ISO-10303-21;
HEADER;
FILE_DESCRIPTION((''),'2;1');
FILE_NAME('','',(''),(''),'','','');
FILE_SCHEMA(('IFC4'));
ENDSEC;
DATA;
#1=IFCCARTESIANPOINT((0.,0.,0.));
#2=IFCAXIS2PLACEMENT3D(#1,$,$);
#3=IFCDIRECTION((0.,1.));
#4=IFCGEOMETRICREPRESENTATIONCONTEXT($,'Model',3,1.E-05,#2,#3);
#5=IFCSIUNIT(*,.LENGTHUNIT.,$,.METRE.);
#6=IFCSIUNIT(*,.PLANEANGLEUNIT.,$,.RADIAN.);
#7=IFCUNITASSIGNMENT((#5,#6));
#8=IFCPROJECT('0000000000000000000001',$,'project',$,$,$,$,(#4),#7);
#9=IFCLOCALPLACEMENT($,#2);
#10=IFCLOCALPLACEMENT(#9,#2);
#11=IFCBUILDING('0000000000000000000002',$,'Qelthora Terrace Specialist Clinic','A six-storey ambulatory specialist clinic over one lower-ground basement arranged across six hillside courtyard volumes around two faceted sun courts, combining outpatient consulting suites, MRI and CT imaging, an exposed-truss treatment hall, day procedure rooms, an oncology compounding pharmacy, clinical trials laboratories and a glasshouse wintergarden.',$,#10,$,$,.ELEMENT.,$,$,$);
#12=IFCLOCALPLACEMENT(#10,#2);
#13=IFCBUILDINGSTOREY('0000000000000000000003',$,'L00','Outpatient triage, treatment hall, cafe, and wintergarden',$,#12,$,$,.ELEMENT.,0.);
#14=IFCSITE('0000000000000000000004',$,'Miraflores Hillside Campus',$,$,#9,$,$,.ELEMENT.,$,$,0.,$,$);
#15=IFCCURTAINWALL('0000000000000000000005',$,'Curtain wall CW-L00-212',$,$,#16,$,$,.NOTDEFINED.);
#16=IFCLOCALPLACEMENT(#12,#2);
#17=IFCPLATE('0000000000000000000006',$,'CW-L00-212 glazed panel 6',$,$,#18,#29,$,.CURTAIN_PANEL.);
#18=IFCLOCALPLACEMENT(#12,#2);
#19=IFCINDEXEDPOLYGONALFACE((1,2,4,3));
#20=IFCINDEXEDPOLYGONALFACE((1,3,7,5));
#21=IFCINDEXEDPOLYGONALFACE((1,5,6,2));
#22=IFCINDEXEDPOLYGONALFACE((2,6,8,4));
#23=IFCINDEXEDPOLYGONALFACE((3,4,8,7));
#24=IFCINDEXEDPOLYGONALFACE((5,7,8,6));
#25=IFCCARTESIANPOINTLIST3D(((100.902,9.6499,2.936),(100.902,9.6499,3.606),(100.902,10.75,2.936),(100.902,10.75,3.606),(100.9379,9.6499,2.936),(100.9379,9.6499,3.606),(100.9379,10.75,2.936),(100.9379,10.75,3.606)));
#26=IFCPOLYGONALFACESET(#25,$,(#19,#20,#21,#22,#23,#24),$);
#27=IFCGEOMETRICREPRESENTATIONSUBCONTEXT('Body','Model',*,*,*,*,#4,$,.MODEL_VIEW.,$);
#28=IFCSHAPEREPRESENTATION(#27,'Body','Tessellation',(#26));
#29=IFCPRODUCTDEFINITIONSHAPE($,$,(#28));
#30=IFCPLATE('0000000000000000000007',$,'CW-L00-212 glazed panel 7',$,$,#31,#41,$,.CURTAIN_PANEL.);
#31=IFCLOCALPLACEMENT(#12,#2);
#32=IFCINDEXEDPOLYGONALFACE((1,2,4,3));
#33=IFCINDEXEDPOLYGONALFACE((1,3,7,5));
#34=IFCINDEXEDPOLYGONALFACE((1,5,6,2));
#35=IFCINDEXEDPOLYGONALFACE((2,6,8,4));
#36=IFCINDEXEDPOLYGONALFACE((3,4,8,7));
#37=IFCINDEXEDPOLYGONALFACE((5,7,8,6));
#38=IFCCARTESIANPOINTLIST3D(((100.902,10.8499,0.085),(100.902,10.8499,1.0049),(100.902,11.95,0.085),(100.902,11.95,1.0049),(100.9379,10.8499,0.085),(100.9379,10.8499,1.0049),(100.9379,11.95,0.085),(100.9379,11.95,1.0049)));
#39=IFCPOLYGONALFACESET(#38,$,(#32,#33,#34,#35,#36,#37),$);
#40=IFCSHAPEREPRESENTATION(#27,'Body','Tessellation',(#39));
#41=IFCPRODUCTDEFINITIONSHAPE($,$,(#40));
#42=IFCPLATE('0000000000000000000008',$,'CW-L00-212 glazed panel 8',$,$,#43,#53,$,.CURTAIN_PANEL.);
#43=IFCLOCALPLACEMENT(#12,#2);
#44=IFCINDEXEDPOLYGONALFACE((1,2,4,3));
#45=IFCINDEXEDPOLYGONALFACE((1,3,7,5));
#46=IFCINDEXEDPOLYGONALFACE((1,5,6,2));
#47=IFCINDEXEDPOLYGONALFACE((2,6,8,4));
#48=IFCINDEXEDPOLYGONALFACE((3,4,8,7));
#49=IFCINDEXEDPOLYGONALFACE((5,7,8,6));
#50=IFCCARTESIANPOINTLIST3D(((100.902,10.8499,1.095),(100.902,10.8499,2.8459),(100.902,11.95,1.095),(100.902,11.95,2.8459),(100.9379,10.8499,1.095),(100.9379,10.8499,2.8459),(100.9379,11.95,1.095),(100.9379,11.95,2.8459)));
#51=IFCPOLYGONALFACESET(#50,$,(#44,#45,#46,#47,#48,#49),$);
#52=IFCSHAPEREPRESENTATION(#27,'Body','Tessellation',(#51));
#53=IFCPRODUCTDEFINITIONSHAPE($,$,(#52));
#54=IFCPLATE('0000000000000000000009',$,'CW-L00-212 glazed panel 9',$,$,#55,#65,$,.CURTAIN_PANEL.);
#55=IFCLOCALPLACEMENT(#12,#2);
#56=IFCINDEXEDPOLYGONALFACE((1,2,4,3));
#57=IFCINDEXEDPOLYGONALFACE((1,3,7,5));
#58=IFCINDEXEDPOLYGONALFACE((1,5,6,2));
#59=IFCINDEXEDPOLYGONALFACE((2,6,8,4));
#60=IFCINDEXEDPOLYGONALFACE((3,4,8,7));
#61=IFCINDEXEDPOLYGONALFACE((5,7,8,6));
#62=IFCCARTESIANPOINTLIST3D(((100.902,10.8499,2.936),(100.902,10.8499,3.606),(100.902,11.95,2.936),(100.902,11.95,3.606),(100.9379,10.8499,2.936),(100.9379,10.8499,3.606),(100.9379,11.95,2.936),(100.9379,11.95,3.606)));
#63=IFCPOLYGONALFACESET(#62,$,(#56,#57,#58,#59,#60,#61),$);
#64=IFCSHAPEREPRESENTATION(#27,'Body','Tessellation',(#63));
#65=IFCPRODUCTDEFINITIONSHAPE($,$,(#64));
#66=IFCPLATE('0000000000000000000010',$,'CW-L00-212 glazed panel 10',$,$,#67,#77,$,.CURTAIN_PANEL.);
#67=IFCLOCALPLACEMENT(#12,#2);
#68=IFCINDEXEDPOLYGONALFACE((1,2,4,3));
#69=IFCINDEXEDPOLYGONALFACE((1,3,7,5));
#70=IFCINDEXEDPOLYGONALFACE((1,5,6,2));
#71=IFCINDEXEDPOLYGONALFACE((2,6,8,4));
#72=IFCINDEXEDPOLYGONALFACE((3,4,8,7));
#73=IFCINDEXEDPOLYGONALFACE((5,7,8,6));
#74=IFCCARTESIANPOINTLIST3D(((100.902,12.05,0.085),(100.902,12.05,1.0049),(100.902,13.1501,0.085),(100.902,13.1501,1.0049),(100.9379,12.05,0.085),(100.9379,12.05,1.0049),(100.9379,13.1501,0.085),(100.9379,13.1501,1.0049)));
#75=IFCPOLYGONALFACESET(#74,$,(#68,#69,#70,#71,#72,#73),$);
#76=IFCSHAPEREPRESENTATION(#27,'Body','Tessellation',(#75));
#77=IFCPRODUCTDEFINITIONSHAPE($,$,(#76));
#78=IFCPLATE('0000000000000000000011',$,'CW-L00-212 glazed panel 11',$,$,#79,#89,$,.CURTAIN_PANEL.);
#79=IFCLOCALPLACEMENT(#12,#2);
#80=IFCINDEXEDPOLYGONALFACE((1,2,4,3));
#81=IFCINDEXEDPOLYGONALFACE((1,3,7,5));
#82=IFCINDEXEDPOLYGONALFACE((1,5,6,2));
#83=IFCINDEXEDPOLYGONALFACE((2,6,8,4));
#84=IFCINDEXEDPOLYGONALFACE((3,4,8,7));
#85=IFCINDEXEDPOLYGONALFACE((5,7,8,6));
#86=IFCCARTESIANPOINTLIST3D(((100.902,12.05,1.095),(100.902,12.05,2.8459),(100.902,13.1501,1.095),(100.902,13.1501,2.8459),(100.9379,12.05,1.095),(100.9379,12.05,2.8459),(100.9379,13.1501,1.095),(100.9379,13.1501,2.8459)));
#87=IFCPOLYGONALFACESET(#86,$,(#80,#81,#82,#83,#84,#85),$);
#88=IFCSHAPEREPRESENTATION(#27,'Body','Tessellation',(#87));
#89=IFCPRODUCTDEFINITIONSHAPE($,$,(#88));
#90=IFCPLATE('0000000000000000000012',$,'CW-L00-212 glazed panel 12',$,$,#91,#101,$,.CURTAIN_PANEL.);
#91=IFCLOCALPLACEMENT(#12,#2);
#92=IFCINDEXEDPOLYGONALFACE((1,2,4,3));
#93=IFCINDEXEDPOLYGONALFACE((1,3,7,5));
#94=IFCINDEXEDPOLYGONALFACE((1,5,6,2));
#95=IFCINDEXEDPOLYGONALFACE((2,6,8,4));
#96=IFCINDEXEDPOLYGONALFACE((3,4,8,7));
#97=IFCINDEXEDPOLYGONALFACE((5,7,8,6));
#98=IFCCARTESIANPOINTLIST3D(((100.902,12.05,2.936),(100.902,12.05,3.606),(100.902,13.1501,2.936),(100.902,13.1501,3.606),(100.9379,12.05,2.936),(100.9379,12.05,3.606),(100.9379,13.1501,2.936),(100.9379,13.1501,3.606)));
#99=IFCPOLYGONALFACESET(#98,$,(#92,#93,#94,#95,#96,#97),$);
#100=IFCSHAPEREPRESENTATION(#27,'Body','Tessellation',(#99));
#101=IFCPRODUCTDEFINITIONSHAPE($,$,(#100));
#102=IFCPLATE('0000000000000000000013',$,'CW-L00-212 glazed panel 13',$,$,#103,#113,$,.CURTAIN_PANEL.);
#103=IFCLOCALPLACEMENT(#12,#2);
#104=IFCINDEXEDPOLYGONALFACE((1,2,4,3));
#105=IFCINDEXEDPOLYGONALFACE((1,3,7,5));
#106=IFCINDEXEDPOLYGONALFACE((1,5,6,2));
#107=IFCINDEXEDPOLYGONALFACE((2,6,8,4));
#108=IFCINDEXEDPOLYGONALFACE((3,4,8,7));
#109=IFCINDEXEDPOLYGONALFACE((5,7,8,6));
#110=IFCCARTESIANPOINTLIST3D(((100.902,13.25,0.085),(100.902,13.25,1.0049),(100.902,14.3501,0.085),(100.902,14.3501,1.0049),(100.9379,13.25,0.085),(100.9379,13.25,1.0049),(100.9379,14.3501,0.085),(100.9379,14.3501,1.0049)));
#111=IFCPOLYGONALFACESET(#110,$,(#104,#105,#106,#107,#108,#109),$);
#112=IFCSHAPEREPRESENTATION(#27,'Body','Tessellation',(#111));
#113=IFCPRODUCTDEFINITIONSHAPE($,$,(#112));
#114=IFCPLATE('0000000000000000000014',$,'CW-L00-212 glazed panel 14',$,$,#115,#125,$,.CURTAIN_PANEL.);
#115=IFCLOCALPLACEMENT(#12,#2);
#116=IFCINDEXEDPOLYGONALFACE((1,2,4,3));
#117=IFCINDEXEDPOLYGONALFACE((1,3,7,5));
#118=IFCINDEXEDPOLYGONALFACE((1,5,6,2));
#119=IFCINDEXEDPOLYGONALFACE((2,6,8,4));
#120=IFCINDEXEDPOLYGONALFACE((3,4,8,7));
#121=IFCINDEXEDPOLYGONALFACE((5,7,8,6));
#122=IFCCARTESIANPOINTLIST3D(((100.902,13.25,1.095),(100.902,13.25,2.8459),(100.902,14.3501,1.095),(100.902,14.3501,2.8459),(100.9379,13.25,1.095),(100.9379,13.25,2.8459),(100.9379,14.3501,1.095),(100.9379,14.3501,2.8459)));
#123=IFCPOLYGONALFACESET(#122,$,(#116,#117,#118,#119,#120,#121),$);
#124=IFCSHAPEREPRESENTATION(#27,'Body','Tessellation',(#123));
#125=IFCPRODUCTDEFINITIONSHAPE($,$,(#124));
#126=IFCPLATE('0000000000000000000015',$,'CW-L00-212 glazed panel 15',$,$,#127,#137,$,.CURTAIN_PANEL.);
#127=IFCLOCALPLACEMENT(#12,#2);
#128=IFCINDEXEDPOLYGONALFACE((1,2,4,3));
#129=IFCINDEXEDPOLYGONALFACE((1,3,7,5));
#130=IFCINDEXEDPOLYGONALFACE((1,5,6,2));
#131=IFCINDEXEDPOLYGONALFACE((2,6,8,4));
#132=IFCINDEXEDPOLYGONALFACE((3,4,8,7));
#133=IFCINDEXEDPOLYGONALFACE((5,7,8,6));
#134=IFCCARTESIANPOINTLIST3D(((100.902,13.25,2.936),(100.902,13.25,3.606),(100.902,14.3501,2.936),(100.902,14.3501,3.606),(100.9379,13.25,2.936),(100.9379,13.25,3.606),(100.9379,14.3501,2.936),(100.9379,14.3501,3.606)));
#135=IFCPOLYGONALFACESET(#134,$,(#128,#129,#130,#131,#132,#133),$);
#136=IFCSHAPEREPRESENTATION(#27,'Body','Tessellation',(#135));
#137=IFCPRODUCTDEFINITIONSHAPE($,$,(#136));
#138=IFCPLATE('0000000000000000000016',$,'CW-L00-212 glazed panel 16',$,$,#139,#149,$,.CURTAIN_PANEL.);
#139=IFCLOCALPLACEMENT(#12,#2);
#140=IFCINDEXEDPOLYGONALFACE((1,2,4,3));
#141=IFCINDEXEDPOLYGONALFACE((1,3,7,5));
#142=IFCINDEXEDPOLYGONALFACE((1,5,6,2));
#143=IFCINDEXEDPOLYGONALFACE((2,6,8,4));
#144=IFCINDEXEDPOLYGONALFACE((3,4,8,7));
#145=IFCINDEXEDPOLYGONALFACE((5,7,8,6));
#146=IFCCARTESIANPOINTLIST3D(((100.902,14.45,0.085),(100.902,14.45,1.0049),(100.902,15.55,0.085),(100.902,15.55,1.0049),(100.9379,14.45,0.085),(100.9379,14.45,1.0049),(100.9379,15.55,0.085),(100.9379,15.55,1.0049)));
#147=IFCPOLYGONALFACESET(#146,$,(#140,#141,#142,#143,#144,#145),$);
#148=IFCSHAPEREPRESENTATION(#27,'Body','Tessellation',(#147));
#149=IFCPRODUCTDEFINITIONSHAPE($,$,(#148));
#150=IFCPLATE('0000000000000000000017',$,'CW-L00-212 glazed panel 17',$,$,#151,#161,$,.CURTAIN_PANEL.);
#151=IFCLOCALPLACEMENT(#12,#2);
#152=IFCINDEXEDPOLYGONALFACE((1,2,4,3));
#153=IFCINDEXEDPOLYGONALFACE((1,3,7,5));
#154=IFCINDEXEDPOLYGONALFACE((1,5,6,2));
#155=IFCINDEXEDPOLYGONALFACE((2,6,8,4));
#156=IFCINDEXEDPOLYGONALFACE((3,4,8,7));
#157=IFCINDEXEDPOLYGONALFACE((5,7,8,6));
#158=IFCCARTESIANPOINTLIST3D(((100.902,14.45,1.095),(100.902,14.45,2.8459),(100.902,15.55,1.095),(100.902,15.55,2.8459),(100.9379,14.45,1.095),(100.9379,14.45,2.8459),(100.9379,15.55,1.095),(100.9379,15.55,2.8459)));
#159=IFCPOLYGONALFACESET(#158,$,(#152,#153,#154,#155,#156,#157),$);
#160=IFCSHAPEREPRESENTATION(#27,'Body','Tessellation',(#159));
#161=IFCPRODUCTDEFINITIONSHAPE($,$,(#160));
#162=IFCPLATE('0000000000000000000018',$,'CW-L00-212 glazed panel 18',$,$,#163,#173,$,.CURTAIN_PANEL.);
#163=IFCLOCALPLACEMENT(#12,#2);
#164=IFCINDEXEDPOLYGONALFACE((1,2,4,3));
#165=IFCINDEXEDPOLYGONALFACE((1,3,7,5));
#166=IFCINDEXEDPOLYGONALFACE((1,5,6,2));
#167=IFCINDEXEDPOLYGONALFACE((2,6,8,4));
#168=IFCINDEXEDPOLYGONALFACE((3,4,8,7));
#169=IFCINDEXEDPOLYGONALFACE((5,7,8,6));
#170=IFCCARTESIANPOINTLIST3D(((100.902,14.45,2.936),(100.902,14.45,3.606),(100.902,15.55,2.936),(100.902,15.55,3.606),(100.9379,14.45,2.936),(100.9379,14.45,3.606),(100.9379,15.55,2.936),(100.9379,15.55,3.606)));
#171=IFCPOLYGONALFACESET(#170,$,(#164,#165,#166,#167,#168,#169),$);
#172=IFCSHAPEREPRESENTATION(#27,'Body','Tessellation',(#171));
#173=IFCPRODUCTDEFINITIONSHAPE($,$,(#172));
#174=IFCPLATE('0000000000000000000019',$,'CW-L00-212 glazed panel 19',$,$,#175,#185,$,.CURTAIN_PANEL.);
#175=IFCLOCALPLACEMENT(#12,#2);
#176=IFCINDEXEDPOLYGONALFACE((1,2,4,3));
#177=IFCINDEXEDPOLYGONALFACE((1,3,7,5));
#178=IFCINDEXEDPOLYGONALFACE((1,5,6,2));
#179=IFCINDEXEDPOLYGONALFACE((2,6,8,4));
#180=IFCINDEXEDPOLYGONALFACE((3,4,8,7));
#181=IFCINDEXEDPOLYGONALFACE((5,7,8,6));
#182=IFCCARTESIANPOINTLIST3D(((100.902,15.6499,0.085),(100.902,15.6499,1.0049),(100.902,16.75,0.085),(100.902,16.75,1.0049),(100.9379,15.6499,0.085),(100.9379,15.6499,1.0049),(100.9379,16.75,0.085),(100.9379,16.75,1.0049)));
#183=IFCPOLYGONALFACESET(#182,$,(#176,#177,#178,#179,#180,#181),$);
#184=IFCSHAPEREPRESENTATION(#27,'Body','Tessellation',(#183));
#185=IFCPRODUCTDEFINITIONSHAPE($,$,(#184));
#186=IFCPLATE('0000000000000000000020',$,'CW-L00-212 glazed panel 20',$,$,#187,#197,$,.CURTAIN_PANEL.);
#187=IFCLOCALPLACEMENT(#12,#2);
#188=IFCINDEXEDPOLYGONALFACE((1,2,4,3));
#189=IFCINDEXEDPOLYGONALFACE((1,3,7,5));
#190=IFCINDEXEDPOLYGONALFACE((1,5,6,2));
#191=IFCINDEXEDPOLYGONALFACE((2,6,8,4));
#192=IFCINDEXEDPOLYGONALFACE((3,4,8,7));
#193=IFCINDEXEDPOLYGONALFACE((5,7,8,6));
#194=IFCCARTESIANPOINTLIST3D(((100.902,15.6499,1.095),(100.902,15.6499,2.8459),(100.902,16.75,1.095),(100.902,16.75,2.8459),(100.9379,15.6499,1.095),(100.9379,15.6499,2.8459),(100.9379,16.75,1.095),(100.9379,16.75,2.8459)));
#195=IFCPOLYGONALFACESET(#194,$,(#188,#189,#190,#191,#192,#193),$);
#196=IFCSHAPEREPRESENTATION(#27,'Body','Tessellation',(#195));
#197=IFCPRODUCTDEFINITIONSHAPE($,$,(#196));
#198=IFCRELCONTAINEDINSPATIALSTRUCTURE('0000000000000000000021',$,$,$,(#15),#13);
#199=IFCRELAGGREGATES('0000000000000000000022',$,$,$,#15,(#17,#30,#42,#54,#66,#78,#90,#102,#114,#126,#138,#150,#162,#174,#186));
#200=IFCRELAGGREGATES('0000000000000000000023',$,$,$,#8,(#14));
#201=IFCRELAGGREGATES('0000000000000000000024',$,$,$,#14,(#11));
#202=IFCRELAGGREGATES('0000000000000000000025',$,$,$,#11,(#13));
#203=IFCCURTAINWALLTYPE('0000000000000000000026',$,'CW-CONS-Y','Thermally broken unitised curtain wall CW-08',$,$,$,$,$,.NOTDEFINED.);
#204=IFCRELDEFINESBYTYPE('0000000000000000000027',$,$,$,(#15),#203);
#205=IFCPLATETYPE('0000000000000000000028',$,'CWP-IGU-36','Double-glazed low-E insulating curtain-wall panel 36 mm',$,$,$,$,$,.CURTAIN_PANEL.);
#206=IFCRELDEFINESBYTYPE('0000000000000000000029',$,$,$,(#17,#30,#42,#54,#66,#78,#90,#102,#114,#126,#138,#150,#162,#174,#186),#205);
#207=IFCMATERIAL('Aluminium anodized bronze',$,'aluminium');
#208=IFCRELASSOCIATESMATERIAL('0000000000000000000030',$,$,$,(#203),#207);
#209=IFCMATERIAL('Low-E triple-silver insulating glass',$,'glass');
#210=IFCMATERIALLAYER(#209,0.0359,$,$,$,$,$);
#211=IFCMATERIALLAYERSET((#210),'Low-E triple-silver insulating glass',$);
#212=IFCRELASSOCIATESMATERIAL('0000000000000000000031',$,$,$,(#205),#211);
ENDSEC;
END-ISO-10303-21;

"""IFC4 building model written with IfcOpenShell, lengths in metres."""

from ifc_helpers import new_model, si_unit, direction, frame, origin, origin_2d, place, context, subcontext, project, spatial, rectangle, extrude, material, layer, layer_set, type_object, element, aggregate, save


model = new_model("IFC4")

# Units and contexts
model_context = context("Model", 3, precision=1e-05, world=origin(), true_north=direction((0.0, 1.0)))
body_context = subcontext(model_context, "Body", "Model", "MODEL_VIEW")
ifc_project = project(units=[si_unit("LENGTHUNIT", "METRE"), si_unit("PLANEANGLEUNIT", "RADIAN")], contexts=[model_context])

# Site, building, storey
site_placement = place(None, origin())
site = spatial("IfcSite", under=ifc_project, at=site_placement, Name="Miraflores Hillside Campus", CompositionType="ELEMENT", RefElevation=0.0)
building_placement = place(site_placement, origin())
building = spatial("IfcBuilding", under=site, at=building_placement, Name="Qelthora Terrace Specialist Clinic", Description="A six-storey ambulatory specialist clinic over one lower-ground basement arranged across six hillside courtyard volumes around two faceted sun courts, combining outpatient consulting suites, MRI and CT imaging, an exposed-truss treatment hall, day procedure rooms, an oncology compounding pharmacy, clinical trials laboratories and a glasshouse wintergarden.", CompositionType="ELEMENT")
storey_placement = place(building_placement, origin())
storey = spatial("IfcBuildingStorey", under=building, at=storey_placement, Name="L00", Description="Outpatient triage, treatment hall, cafe, and wintergarden", CompositionType="ELEMENT", Elevation=0.0)

# Curtain wall, plates
ifc_material_1 = material(Name="Aluminium anodized bronze", Category="aluminium")
curtain_wall_type = type_object("IfcCurtainWallType", Name="CW-CONS-Y", Description="Thermally broken unitised curtain wall CW-08", PredefinedType="NOTDEFINED", material=ifc_material_1)
curtain_wall_placement = place(storey_placement, origin())
curtain_wall = element("IfcCurtainWall", 1, at=curtain_wall_placement, inside=storey, type_object=curtain_wall_type, Name="Curtain wall CW-L00-212", PredefinedType="NOTDEFINED")
ifc_material_2 = material(Name="Low-E triple-silver insulating glass", Category="glass")
ifc_layer = layer(ifc_material_2, 0.0359)
ifc_layer_set = layer_set([ifc_layer], Name="Low-E triple-silver insulating glass")
plate_type = type_object("IfcPlateType", Name="CWP-IGU-36", Description="Double-glazed low-E insulating curtain-wall panel 36 mm", PredefinedType="CURTAIN_PANEL", material=ifc_layer_set)
plate_1_placement = place(storey_placement, frame((100.9199, 10.2, 2.936), z_axis=(0.0, 0.0, 1.0), x_axis=(0.0, 1.0, 0.0)))
plate_1 = element("IfcPlate", 2, at=plate_1_placement, type_object=plate_type, Name="CW-L00-212 glazed panel 6", PredefinedType="CURTAIN_PANEL", context=body_context, shape_type="SweptSolid", body=[
    extrude(rectangle(XDim=1.1001, YDim=0.0359, at=origin_2d()), origin(), (0.0, 0.0, 1.0), 0.6699),
])
plate_2_placement = place(storey_placement, frame((100.9199, 11.3999, 0.085), z_axis=(0.0, 0.0, 1.0), x_axis=(0.0, 1.0, 0.0)))
plate_2 = element("IfcPlate", 3, at=plate_2_placement, type_object=plate_type, Name="CW-L00-212 glazed panel 7", PredefinedType="CURTAIN_PANEL", context=body_context, shape_type="SweptSolid", body=[
    extrude(rectangle(XDim=1.1001, YDim=0.0359, at=origin_2d()), origin(), (0.0, 0.0, 1.0), 0.9199),
])
plate_3_placement = place(storey_placement, frame((100.9199, 11.3999, 1.095), z_axis=(0.0, 0.0, 1.0), x_axis=(0.0, 1.0, 0.0)))
plate_3 = element("IfcPlate", 4, at=plate_3_placement, type_object=plate_type, Name="CW-L00-212 glazed panel 8", PredefinedType="CURTAIN_PANEL", context=body_context, shape_type="SweptSolid", body=[
    extrude(rectangle(XDim=1.1001, YDim=0.0359, at=origin_2d()), origin(), (0.0, 0.0, 1.0), 1.751),
])
plate_4_placement = place(storey_placement, frame((100.9199, 11.3999, 2.936), z_axis=(0.0, 0.0, 1.0), x_axis=(0.0, 1.0, 0.0)))
plate_4 = element("IfcPlate", 5, at=plate_4_placement, type_object=plate_type, Name="CW-L00-212 glazed panel 9", PredefinedType="CURTAIN_PANEL", context=body_context, shape_type="SweptSolid", body=[
    extrude(rectangle(XDim=1.1001, YDim=0.0359, at=origin_2d()), origin(), (0.0, 0.0, 1.0), 0.6699),
])
plate_5_placement = place(storey_placement, frame((100.9199, 12.6001, 0.085), z_axis=(0.0, 0.0, 1.0), x_axis=(0.0, 1.0, 0.0)))
plate_5 = element("IfcPlate", 6, at=plate_5_placement, type_object=plate_type, Name="CW-L00-212 glazed panel 10", PredefinedType="CURTAIN_PANEL", context=body_context, shape_type="SweptSolid", body=[
    extrude(rectangle(XDim=1.1001, YDim=0.0359, at=origin_2d()), origin(), (0.0, 0.0, 1.0), 0.9199),
])
plate_6_placement = place(storey_placement, frame((100.9199, 12.6001, 1.095), z_axis=(0.0, 0.0, 1.0), x_axis=(0.0, 1.0, 0.0)))
plate_6 = element("IfcPlate", 7, at=plate_6_placement, type_object=plate_type, Name="CW-L00-212 glazed panel 11", PredefinedType="CURTAIN_PANEL", context=body_context, shape_type="SweptSolid", body=[
    extrude(rectangle(XDim=1.1001, YDim=0.0359, at=origin_2d()), origin(), (0.0, 0.0, 1.0), 1.751),
])
plate_7_placement = place(storey_placement, frame((100.9199, 12.6001, 2.936), z_axis=(0.0, 0.0, 1.0), x_axis=(0.0, 1.0, 0.0)))
plate_7 = element("IfcPlate", 8, at=plate_7_placement, type_object=plate_type, Name="CW-L00-212 glazed panel 12", PredefinedType="CURTAIN_PANEL", context=body_context, shape_type="SweptSolid", body=[
    extrude(rectangle(XDim=1.1001, YDim=0.0359, at=origin_2d()), origin(), (0.0, 0.0, 1.0), 0.6699),
])
plate_8_placement = place(storey_placement, frame((100.9199, 13.8, 0.085), z_axis=(0.0, 0.0, 1.0), x_axis=(0.0, 1.0, 0.0)))
plate_8 = element("IfcPlate", 9, at=plate_8_placement, type_object=plate_type, Name="CW-L00-212 glazed panel 13", PredefinedType="CURTAIN_PANEL", context=body_context, shape_type="SweptSolid", body=[
    extrude(rectangle(XDim=1.1001, YDim=0.0359, at=origin_2d()), origin(), (0.0, 0.0, 1.0), 0.9199),
])
plate_9_placement = place(storey_placement, frame((100.9199, 13.8, 1.095), z_axis=(0.0, 0.0, 1.0), x_axis=(0.0, 1.0, 0.0)))
plate_9 = element("IfcPlate", 10, at=plate_9_placement, type_object=plate_type, Name="CW-L00-212 glazed panel 14", PredefinedType="CURTAIN_PANEL", context=body_context, shape_type="SweptSolid", body=[
    extrude(rectangle(XDim=1.1001, YDim=0.0359, at=origin_2d()), origin(), (0.0, 0.0, 1.0), 1.751),
])
plate_10_placement = place(storey_placement, frame((100.9199, 13.8, 2.936), z_axis=(0.0, 0.0, 1.0), x_axis=(0.0, 1.0, 0.0)))
plate_10 = element("IfcPlate", 11, at=plate_10_placement, type_object=plate_type, Name="CW-L00-212 glazed panel 15", PredefinedType="CURTAIN_PANEL", context=body_context, shape_type="SweptSolid", body=[
    extrude(rectangle(XDim=1.1001, YDim=0.0359, at=origin_2d()), origin(), (0.0, 0.0, 1.0), 0.6699),
])
plate_11_placement = place(storey_placement, frame((100.9199, 15.0, 0.085), z_axis=(0.0, 0.0, 1.0), x_axis=(0.0, 1.0, 0.0)))
plate_11 = element("IfcPlate", 12, at=plate_11_placement, type_object=plate_type, Name="CW-L00-212 glazed panel 16", PredefinedType="CURTAIN_PANEL", context=body_context, shape_type="SweptSolid", body=[
    extrude(rectangle(XDim=1.1001, YDim=0.0359, at=origin_2d()), origin(), (0.0, 0.0, 1.0), 0.9199),
])
plate_12_placement = place(storey_placement, frame((100.9199, 15.0, 1.095), z_axis=(0.0, 0.0, 1.0), x_axis=(0.0, 1.0, 0.0)))
plate_12 = element("IfcPlate", 13, at=plate_12_placement, type_object=plate_type, Name="CW-L00-212 glazed panel 17", PredefinedType="CURTAIN_PANEL", context=body_context, shape_type="SweptSolid", body=[
    extrude(rectangle(XDim=1.1001, YDim=0.0359, at=origin_2d()), origin(), (0.0, 0.0, 1.0), 1.751),
])
plate_13_placement = place(storey_placement, frame((100.9199, 15.0, 2.936), z_axis=(0.0, 0.0, 1.0), x_axis=(0.0, 1.0, 0.0)))
plate_13 = element("IfcPlate", 14, at=plate_13_placement, type_object=plate_type, Name="CW-L00-212 glazed panel 18", PredefinedType="CURTAIN_PANEL", context=body_context, shape_type="SweptSolid", body=[
    extrude(rectangle(XDim=1.1001, YDim=0.0359, at=origin_2d()), origin(), (0.0, 0.0, 1.0), 0.6699),
])
plate_14_placement = place(storey_placement, frame((100.9199, 16.2, 0.085), z_axis=(0.0, 0.0, 1.0), x_axis=(0.0, 1.0, 0.0)))
plate_14 = element("IfcPlate", 15, at=plate_14_placement, type_object=plate_type, Name="CW-L00-212 glazed panel 19", PredefinedType="CURTAIN_PANEL", context=body_context, shape_type="SweptSolid", body=[
    extrude(rectangle(XDim=1.1001, YDim=0.0359, at=origin_2d()), origin(), (0.0, 0.0, 1.0), 0.9199),
])
plate_15_placement = place(storey_placement, frame((100.9199, 16.2, 1.095), z_axis=(0.0, 0.0, 1.0), x_axis=(0.0, 1.0, 0.0)))
plate_15 = element("IfcPlate", 16, at=plate_15_placement, type_object=plate_type, Name="CW-L00-212 glazed panel 20", PredefinedType="CURTAIN_PANEL", context=body_context, shape_type="SweptSolid", body=[
    extrude(rectangle(XDim=1.1001, YDim=0.0359, at=origin_2d()), origin(), (0.0, 0.0, 1.0), 1.751),
])
aggregate(curtain_wall, [plate_1, plate_2, plate_3, plate_4, plate_5, plate_6, plate_7, plate_8, plate_9, plate_10, plate_11, plate_12, plate_13, plate_14, plate_15])

save(model, "model.ifc")
